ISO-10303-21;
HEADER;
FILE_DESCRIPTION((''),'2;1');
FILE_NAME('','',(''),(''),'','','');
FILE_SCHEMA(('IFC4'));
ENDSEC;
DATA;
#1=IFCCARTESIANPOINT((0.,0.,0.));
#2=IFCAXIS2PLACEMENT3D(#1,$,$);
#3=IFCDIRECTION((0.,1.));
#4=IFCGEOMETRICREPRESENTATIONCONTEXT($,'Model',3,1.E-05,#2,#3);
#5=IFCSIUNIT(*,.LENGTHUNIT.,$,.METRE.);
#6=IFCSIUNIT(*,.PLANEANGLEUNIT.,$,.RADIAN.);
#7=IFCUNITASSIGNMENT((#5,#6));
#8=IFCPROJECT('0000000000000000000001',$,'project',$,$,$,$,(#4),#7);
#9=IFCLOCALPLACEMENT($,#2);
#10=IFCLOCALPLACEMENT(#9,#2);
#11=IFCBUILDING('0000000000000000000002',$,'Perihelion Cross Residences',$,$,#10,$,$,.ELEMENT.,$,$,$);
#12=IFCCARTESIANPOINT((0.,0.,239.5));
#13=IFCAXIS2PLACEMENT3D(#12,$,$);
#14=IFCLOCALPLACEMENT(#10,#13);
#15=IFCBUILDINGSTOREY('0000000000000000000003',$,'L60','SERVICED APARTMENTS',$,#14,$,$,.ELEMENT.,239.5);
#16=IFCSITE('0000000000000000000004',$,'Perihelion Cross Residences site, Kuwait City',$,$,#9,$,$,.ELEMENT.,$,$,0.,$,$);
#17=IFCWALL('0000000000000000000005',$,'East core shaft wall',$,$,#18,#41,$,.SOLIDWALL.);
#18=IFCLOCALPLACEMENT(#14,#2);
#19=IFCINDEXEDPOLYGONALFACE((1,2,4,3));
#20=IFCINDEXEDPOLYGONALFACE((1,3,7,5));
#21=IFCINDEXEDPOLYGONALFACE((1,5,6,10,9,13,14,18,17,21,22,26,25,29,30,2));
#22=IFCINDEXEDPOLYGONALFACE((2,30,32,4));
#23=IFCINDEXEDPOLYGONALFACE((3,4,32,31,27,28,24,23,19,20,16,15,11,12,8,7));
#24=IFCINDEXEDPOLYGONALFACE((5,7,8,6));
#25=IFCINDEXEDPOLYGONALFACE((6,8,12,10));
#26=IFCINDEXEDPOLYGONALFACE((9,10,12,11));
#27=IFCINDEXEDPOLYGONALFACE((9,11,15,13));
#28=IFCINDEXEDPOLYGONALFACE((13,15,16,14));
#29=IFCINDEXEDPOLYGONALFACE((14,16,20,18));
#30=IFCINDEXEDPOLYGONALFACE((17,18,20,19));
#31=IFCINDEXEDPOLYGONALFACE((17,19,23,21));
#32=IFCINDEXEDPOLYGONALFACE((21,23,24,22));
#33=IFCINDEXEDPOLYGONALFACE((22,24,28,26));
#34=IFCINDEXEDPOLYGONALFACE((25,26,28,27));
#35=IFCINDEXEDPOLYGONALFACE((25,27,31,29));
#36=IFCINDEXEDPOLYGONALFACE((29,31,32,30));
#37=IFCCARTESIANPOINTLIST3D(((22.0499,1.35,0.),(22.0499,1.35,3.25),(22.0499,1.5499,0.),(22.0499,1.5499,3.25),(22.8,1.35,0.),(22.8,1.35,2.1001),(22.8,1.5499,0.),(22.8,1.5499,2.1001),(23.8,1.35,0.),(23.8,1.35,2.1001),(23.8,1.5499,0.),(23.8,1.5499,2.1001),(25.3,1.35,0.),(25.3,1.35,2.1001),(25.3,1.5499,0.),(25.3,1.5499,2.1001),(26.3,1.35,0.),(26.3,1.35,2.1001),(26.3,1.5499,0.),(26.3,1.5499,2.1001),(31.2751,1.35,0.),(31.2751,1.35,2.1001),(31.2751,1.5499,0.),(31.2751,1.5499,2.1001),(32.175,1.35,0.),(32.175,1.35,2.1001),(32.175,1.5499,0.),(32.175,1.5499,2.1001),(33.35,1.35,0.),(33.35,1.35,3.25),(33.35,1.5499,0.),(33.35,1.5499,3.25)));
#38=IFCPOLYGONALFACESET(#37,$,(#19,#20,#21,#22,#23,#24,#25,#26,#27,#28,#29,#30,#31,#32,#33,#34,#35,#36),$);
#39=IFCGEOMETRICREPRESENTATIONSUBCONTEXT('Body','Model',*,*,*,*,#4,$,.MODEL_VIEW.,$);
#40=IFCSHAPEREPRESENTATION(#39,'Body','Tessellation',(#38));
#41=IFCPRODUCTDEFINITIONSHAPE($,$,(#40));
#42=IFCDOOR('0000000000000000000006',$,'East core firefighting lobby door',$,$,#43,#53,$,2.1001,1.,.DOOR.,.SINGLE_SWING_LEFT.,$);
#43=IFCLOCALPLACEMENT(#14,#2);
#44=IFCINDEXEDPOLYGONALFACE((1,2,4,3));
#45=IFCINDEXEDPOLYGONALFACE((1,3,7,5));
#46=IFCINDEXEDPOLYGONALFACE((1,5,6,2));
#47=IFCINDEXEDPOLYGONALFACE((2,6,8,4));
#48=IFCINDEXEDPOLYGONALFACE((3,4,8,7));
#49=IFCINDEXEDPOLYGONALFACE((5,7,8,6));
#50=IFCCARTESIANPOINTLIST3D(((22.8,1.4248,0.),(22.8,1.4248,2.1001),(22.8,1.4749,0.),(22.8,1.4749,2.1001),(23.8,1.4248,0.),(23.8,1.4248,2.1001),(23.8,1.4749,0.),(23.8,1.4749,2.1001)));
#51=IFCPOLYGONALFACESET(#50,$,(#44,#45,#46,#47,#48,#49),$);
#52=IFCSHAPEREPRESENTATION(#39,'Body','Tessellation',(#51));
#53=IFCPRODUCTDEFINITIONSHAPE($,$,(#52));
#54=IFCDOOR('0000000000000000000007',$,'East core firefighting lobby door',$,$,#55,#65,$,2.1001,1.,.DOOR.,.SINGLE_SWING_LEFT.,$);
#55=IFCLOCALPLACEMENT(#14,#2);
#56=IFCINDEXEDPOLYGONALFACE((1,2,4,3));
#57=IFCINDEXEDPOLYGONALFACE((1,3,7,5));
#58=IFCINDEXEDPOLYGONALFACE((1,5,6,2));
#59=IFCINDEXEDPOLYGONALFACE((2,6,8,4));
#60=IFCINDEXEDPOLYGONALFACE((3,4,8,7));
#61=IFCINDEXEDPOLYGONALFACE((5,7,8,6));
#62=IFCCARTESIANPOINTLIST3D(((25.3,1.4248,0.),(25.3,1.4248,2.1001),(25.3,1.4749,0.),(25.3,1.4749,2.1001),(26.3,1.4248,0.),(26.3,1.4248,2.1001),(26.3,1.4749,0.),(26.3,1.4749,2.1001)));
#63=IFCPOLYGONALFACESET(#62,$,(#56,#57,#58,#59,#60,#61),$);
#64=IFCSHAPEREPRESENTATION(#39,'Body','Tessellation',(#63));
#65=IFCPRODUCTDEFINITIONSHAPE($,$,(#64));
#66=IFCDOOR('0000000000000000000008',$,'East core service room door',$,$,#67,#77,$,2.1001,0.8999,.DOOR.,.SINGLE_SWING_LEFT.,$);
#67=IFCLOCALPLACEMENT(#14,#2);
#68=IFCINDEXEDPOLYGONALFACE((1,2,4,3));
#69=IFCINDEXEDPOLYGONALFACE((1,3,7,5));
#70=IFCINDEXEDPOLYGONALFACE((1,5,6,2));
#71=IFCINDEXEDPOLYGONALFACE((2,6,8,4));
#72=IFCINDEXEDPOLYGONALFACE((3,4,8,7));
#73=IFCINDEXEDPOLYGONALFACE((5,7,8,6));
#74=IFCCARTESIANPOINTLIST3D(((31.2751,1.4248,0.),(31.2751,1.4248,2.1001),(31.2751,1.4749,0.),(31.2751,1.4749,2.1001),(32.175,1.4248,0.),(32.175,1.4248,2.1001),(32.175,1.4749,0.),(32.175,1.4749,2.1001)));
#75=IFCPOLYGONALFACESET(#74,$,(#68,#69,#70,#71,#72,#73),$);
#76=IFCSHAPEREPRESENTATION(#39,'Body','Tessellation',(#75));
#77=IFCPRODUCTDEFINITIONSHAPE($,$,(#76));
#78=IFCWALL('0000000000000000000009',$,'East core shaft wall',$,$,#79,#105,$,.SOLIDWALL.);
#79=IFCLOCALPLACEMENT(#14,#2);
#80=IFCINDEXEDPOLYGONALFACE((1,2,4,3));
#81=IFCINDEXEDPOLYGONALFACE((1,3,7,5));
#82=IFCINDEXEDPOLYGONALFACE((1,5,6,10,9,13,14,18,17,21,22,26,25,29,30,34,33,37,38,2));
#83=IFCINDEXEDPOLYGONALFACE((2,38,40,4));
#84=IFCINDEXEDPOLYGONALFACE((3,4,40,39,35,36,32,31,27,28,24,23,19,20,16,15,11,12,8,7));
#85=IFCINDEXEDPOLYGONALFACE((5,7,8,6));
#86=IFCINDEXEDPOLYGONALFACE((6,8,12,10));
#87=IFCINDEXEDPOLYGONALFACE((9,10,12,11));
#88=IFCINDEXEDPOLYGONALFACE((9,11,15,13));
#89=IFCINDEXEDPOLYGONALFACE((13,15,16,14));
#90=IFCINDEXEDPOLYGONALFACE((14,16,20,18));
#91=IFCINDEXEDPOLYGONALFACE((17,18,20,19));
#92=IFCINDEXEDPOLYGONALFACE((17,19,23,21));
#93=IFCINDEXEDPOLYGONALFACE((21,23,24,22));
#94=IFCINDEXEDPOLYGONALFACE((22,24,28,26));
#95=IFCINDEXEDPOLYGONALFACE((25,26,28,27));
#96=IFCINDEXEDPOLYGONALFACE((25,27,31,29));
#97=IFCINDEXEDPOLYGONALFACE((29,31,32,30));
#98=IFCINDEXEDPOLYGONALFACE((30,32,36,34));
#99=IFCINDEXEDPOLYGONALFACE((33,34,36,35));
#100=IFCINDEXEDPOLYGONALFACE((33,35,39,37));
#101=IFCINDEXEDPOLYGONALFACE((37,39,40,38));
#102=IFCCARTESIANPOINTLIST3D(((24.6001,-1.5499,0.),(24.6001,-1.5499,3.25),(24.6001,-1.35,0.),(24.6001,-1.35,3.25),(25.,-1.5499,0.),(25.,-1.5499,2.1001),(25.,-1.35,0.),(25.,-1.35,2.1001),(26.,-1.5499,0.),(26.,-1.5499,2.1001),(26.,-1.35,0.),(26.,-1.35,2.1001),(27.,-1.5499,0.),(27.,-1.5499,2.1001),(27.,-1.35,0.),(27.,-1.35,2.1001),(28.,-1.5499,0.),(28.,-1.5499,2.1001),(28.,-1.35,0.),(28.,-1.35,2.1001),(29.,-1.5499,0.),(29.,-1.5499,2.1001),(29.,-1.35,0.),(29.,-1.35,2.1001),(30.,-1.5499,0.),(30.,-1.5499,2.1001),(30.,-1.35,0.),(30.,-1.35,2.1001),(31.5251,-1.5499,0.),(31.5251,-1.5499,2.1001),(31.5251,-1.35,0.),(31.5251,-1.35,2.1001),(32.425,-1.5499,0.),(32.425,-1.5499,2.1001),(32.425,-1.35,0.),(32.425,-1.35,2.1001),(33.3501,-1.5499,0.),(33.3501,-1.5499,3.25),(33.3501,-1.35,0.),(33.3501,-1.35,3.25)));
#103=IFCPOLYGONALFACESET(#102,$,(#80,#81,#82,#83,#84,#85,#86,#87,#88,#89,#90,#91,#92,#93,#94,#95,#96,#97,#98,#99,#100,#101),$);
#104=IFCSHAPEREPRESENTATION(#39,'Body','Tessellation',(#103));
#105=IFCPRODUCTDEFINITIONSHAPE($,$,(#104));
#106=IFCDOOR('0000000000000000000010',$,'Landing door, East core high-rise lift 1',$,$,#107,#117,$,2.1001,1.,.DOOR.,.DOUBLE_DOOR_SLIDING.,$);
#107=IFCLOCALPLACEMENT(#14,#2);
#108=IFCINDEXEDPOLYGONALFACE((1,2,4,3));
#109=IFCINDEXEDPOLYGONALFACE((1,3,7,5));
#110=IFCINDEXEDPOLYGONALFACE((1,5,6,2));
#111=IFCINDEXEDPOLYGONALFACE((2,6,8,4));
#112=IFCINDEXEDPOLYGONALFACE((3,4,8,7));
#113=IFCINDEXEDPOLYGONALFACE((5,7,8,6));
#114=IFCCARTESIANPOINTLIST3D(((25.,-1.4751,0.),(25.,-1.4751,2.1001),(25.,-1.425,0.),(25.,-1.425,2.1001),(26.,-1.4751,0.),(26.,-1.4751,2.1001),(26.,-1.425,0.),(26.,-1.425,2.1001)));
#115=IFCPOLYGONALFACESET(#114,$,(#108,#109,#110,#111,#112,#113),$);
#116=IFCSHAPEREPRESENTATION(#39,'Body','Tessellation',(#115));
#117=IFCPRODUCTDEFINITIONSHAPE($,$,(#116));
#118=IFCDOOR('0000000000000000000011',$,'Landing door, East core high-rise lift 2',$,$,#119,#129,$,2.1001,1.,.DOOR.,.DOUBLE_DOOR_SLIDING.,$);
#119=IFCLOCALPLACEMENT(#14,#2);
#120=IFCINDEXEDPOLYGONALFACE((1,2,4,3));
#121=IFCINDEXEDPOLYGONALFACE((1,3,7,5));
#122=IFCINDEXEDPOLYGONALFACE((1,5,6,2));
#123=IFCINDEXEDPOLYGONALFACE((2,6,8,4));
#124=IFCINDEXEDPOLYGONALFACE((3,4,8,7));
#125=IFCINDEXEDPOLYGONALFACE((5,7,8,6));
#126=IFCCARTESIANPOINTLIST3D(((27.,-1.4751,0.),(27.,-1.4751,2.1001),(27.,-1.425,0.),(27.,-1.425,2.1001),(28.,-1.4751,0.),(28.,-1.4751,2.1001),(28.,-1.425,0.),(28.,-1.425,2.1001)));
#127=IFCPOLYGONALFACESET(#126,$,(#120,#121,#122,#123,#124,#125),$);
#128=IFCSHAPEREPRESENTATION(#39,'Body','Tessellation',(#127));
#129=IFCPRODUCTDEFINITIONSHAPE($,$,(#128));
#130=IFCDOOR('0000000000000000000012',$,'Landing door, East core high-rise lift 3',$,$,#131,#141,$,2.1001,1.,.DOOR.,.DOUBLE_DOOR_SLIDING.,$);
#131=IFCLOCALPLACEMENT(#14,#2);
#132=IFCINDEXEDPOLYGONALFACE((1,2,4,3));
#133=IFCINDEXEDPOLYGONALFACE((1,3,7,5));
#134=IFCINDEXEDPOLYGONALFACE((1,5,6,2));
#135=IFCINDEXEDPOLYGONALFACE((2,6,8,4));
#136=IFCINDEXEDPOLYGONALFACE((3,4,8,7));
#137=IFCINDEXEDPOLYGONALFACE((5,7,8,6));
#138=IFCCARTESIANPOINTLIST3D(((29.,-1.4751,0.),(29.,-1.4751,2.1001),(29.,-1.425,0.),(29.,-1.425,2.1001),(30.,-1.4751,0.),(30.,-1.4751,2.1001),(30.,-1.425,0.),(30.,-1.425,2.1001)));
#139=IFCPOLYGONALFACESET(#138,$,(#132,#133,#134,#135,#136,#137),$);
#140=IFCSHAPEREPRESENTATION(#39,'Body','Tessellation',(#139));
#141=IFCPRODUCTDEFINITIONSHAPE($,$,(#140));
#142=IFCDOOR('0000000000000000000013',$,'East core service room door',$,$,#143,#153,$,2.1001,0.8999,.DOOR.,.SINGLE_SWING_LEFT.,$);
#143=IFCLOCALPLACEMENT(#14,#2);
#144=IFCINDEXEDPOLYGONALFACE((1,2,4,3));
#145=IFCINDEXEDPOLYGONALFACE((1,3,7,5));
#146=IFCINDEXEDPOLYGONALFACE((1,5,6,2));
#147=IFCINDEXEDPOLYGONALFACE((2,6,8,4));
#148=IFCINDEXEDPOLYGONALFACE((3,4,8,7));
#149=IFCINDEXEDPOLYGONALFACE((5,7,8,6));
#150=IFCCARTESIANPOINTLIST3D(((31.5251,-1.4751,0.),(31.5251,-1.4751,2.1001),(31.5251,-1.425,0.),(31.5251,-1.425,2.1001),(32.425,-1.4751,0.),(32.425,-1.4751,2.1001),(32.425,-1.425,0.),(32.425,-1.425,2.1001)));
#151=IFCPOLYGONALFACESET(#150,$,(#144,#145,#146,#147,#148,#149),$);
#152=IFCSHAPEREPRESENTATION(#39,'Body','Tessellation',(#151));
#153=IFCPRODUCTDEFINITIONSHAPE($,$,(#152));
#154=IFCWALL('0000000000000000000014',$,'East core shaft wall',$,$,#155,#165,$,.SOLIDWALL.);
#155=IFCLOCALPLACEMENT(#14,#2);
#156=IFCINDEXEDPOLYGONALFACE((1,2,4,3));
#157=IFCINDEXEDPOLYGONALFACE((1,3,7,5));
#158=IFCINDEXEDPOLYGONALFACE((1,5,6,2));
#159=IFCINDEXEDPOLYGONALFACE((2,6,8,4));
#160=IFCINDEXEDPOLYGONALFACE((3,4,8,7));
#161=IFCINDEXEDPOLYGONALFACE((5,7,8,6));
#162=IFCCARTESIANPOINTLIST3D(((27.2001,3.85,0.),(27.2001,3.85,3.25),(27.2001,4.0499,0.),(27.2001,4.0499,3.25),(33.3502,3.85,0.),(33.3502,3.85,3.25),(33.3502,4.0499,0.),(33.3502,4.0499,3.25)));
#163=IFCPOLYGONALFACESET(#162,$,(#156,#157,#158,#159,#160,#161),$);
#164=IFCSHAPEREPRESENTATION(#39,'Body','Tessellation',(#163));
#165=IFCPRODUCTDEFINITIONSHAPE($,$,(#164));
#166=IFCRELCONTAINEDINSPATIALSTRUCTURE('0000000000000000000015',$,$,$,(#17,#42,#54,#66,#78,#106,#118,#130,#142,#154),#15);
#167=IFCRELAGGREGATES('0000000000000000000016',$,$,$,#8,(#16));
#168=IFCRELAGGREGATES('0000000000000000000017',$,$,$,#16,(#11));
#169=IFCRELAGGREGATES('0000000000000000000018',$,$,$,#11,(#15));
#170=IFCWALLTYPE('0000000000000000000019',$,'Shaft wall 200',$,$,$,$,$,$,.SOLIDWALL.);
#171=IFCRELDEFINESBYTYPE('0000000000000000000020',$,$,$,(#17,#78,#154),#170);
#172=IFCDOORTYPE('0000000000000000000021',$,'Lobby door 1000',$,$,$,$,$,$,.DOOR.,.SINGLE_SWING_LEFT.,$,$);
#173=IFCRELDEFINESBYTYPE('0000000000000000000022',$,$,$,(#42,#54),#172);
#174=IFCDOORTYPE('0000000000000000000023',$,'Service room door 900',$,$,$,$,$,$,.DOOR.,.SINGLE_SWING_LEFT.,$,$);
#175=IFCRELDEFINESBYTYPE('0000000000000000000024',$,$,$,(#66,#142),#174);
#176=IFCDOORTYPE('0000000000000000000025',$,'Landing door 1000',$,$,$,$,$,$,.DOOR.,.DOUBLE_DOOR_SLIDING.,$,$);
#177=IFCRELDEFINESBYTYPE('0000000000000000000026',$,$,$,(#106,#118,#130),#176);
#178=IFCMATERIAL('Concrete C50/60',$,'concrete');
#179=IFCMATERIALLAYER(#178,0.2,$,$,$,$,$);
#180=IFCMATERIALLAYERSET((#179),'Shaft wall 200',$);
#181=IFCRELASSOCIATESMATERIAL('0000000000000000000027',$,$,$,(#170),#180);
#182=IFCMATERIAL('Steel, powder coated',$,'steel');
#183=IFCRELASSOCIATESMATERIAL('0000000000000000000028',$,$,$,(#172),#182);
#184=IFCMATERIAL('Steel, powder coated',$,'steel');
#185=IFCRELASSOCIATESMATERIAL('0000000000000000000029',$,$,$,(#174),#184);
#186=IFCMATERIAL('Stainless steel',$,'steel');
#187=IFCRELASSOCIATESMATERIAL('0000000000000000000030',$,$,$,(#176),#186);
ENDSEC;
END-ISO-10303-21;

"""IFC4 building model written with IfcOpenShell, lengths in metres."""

from ifc_helpers import new_model, si_unit, direction, frame, frame_2d, origin, place, context, subcontext, project, spatial, rectangle, extrude, material, layer, layer_set, type_object, element, fill, save


model = new_model("IFC4")

# Units and contexts
model_context = context("Model", 3, precision=1e-05, world=origin(), true_north=direction((0.0, 1.0)))
body_context = subcontext(model_context, "Body", "Model", "MODEL_VIEW")
ifc_project = project(units=[si_unit("LENGTHUNIT", "METRE"), si_unit("PLANEANGLEUNIT", "RADIAN")], contexts=[model_context])

# Site, building, storey
site_placement = place(None, origin())
site = spatial("IfcSite", under=ifc_project, at=site_placement, Name="Perihelion Cross Residences site, Kuwait City", CompositionType="ELEMENT", RefElevation=0.0)
building_placement = place(site_placement, origin())
building = spatial("IfcBuilding", under=site, at=building_placement, Name="Perihelion Cross Residences", CompositionType="ELEMENT")
storey_placement = place(building_placement, frame((0.0, 0.0, 239.5)))
storey = spatial("IfcBuildingStorey", under=building, at=storey_placement, Name="L60", Description="SERVICED APARTMENTS", CompositionType="ELEMENT", Elevation=239.5)

# Walls, openings, doors
ifc_material_1 = material(Name="Concrete C50/60", Category="concrete")
ifc_layer_1 = layer(ifc_material_1, 0.2)
ifc_layer_set_1 = layer_set([ifc_layer_1], Name="Shaft wall 200")
wall_type_1 = type_object("IfcWallType", Name="Shaft wall 200", PredefinedType="SOLIDWALL", material=ifc_layer_set_1)
wall_1_placement = place(storey_placement, frame((22.05, 1.45, 0.0), z_axis=(0.0, 0.0, 1.0), x_axis=(1.0, 0.0, 0.0)))
wall_1 = element("IfcWall", 1, at=wall_1_placement, inside=storey, type_object=wall_type_1, Name="East core shaft wall", PredefinedType="SOLIDWALL", context=body_context, shape_type="SweptSolid", body=[
    extrude(rectangle(XDim=11.3, YDim=0.2, at=frame_2d((5.6499, 0.0))), origin(), (0.0, 0.0, 1.0), 3.25),
])
opening_1_placement = place(wall_1_placement, frame((0.75, 0.0, 0.0)))
opening_1 = element("IfcOpeningElement", 2, at=opening_1_placement, cuts=wall_1, PredefinedType="OPENING", context=body_context, shape_type="SweptSolid", body=[
    extrude(rectangle(XDim=1.0, YDim=2.1001, at=frame_2d((0.5, 1.05))), frame((0.0, 0.1099, 0.0), z_axis=(0.0, -1.0, 0.0), x_axis=(1.0, 0.0, 0.0)), (0.0, 0.0, 1.0), 0.22),
])
opening_2_placement = place(wall_1_placement, frame((3.25, 0.0, 0.0)))
opening_2 = element("IfcOpeningElement", 3, at=opening_2_placement, cuts=wall_1, PredefinedType="OPENING", context=body_context, shape_type="SweptSolid", body=[
    extrude(rectangle(XDim=1.0, YDim=2.1001, at=frame_2d((0.5, 1.05))), frame((0.0, 0.1099, 0.0), z_axis=(0.0, -1.0, 0.0), x_axis=(1.0, 0.0, 0.0)), (0.0, 0.0, 1.0), 0.22),
])
opening_3_placement = place(wall_1_placement, frame((9.2251, 0.0, 0.0)))
opening_3 = element("IfcOpeningElement", 4, at=opening_3_placement, cuts=wall_1, PredefinedType="OPENING", context=body_context, shape_type="SweptSolid", body=[
    extrude(rectangle(XDim=0.8999, YDim=2.1001, at=frame_2d((0.45, 1.05))), frame((0.0, 0.1099, 0.0), z_axis=(0.0, -1.0, 0.0), x_axis=(1.0, 0.0, 0.0)), (0.0, 0.0, 1.0), 0.22),
])
ifc_material_2 = material(Name="Steel, powder coated", Category="steel")
door_type_1 = type_object("IfcDoorType", Name="Lobby door 1000", OperationType="SINGLE_SWING_LEFT", PredefinedType="DOOR", material=ifc_material_2)
door_1_placement = place(opening_1_placement, origin())
door_1 = element("IfcDoor", 5, at=door_1_placement, inside=storey, type_object=door_type_1, Name="East core firefighting lobby door", OperationType="SINGLE_SWING_LEFT", OverallHeight=2.1001, OverallWidth=1.0, PredefinedType="DOOR", context=body_context, shape_type="SweptSolid", body=[
    extrude(rectangle(XDim=1.0, YDim=2.1001, at=frame_2d((0.5, 1.05))), frame((0.0, 0.0249, 0.0), z_axis=(0.0, -1.0, 0.0), x_axis=(1.0, 0.0, 0.0)), (0.0, 0.0, 1.0), 0.05),
])
fill(opening_1, door_1)
door_2_placement = place(opening_2_placement, origin())
door_2 = element("IfcDoor", 6, at=door_2_placement, inside=storey, type_object=door_type_1, Name="East core firefighting lobby door", OperationType="SINGLE_SWING_LEFT", OverallHeight=2.1001, OverallWidth=1.0, PredefinedType="DOOR", context=body_context, shape_type="SweptSolid", body=[
    extrude(rectangle(XDim=1.0, YDim=2.1001, at=frame_2d((0.5, 1.05))), frame((0.0, 0.0249, 0.0), z_axis=(0.0, -1.0, 0.0), x_axis=(1.0, 0.0, 0.0)), (0.0, 0.0, 1.0), 0.05),
])
fill(opening_2, door_2)
ifc_material_3 = material(Name="Steel, powder coated", Category="steel")
door_type_2 = type_object("IfcDoorType", Name="Service room door 900", OperationType="SINGLE_SWING_LEFT", PredefinedType="DOOR", material=ifc_material_3)
door_3_placement = place(opening_3_placement, origin())
door_3 = element("IfcDoor", 7, at=door_3_placement, inside=storey, type_object=door_type_2, Name="East core service room door", OperationType="SINGLE_SWING_LEFT", OverallHeight=2.1001, OverallWidth=0.8999, PredefinedType="DOOR", context=body_context, shape_type="SweptSolid", body=[
    extrude(rectangle(XDim=0.8999, YDim=2.1001, at=frame_2d((0.45, 1.05))), frame((0.0, 0.0249, 0.0), z_axis=(0.0, -1.0, 0.0), x_axis=(1.0, 0.0, 0.0)), (0.0, 0.0, 1.0), 0.05),
])
fill(opening_3, door_3)
wall_2_placement = place(storey_placement, frame((24.6001, -1.45, 0.0), z_axis=(0.0, 0.0, 1.0), x_axis=(1.0, 0.0, 0.0)))
wall_2 = element("IfcWall", 8, at=wall_2_placement, inside=storey, type_object=wall_type_1, Name="East core shaft wall", PredefinedType="SOLIDWALL", context=body_context, shape_type="SweptSolid", body=[
    extrude(rectangle(XDim=8.75, YDim=0.2, at=frame_2d((4.375, 0.0))), origin(), (0.0, 0.0, 1.0), 3.25),
])
opening_4_placement = place(wall_2_placement, frame((0.3999, 0.0, 0.0)))
opening_4 = element("IfcOpeningElement", 9, at=opening_4_placement, cuts=wall_2, PredefinedType="OPENING", context=body_context, shape_type="SweptSolid", body=[
    extrude(rectangle(XDim=1.0, YDim=2.1001, at=frame_2d((0.5, 1.05))), frame((0.0, 0.1099, 0.0), z_axis=(0.0, -1.0, 0.0), x_axis=(1.0, 0.0, 0.0)), (0.0, 0.0, 1.0), 0.22),
])
opening_5_placement = place(wall_2_placement, frame((2.3999, 0.0, 0.0)))
opening_5 = element("IfcOpeningElement", 10, at=opening_5_placement, cuts=wall_2, PredefinedType="OPENING", context=body_context, shape_type="SweptSolid", body=[
    extrude(rectangle(XDim=1.0, YDim=2.1001, at=frame_2d((0.5, 1.05))), frame((0.0, 0.1099, 0.0), z_axis=(0.0, -1.0, 0.0), x_axis=(1.0, 0.0, 0.0)), (0.0, 0.0, 1.0), 0.22),
])
opening_6_placement = place(wall_2_placement, frame((4.3999, 0.0, 0.0)))
opening_6 = element("IfcOpeningElement", 11, at=opening_6_placement, cuts=wall_2, PredefinedType="OPENING", context=body_context, shape_type="SweptSolid", body=[
    extrude(rectangle(XDim=1.0, YDim=2.1001, at=frame_2d((0.5, 1.05))), frame((0.0, 0.1099, 0.0), z_axis=(0.0, -1.0, 0.0), x_axis=(1.0, 0.0, 0.0)), (0.0, 0.0, 1.0), 0.22),
])
opening_7_placement = place(wall_2_placement, frame((6.925, 0.0, 0.0)))
opening_7 = element("IfcOpeningElement", 12, at=opening_7_placement, cuts=wall_2, PredefinedType="OPENING", context=body_context, shape_type="SweptSolid", body=[
    extrude(rectangle(XDim=0.8999, YDim=2.1001, at=frame_2d((0.45, 1.05))), frame((0.0, 0.1099, 0.0), z_axis=(0.0, -1.0, 0.0), x_axis=(1.0, 0.0, 0.0)), (0.0, 0.0, 1.0), 0.22),
])
ifc_material_4 = material(Name="Stainless steel", Category="steel")
door_type_3 = type_object("IfcDoorType", Name="Landing door 1000", OperationType="DOUBLE_DOOR_SLIDING", PredefinedType="DOOR", material=ifc_material_4)
door_4_placement = place(opening_4_placement, origin())
door_4 = element("IfcDoor", 13, at=door_4_placement, inside=storey, type_object=door_type_3, Name="Landing door, East core high-rise lift 1", OperationType="DOUBLE_DOOR_SLIDING", OverallHeight=2.1001, OverallWidth=1.0, PredefinedType="DOOR", context=body_context, shape_type="SweptSolid", body=[
    extrude(rectangle(XDim=1.0, YDim=2.1001, at=frame_2d((0.5, 1.05))), frame((0.0, 0.0249, 0.0), z_axis=(0.0, -1.0, 0.0), x_axis=(1.0, 0.0, 0.0)), (0.0, 0.0, 1.0), 0.05),
])
fill(opening_4, door_4)
door_5_placement = place(opening_5_placement, origin())
door_5 = element("IfcDoor", 14, at=door_5_placement, inside=storey, type_object=door_type_3, Name="Landing door, East core high-rise lift 2", OperationType="DOUBLE_DOOR_SLIDING", OverallHeight=2.1001, OverallWidth=1.0, PredefinedType="DOOR", context=body_context, shape_type="SweptSolid", body=[
    extrude(rectangle(XDim=1.0, YDim=2.1001, at=frame_2d((0.5, 1.05))), frame((0.0, 0.0249, 0.0), z_axis=(0.0, -1.0, 0.0), x_axis=(1.0, 0.0, 0.0)), (0.0, 0.0, 1.0), 0.05),
])
fill(opening_5, door_5)
door_6_placement = place(opening_6_placement, origin())
door_6 = element("IfcDoor", 15, at=door_6_placement, inside=storey, type_object=door_type_3, Name="Landing door, East core high-rise lift 3", OperationType="DOUBLE_DOOR_SLIDING", OverallHeight=2.1001, OverallWidth=1.0, PredefinedType="DOOR", context=body_context, shape_type="SweptSolid", body=[
    extrude(rectangle(XDim=1.0, YDim=2.1001, at=frame_2d((0.5, 1.05))), frame((0.0, 0.0249, 0.0), z_axis=(0.0, -1.0, 0.0), x_axis=(1.0, 0.0, 0.0)), (0.0, 0.0, 1.0), 0.05),
])
fill(opening_6, door_6)
door_7_placement = place(opening_7_placement, origin())
door_7 = element("IfcDoor", 16, at=door_7_placement, inside=storey, type_object=door_type_2, Name="East core service room door", OperationType="SINGLE_SWING_LEFT", OverallHeight=2.1001, OverallWidth=0.8999, PredefinedType="DOOR", context=body_context, shape_type="SweptSolid", body=[
    extrude(rectangle(XDim=0.8999, YDim=2.1001, at=frame_2d((0.45, 1.05))), frame((0.0, 0.0249, 0.0), z_axis=(0.0, -1.0, 0.0), x_axis=(1.0, 0.0, 0.0)), (0.0, 0.0, 1.0), 0.05),
])
fill(opening_7, door_7)

# Wall
wall_3_placement = place(storey_placement, frame((27.2, 3.95, 0.0), z_axis=(0.0, 0.0, 1.0), x_axis=(1.0, 0.0, 0.0)))
element("IfcWall", 17, at=wall_3_placement, inside=storey, type_object=wall_type_1, Name="East core shaft wall", PredefinedType="SOLIDWALL", context=body_context, shape_type="SweptSolid", body=[
    extrude(rectangle(XDim=6.1501, YDim=0.2, at=frame_2d((3.0752, 0.0))), origin(), (0.0, 0.0, 1.0), 3.25),
])

save(model, "model.ifc")
